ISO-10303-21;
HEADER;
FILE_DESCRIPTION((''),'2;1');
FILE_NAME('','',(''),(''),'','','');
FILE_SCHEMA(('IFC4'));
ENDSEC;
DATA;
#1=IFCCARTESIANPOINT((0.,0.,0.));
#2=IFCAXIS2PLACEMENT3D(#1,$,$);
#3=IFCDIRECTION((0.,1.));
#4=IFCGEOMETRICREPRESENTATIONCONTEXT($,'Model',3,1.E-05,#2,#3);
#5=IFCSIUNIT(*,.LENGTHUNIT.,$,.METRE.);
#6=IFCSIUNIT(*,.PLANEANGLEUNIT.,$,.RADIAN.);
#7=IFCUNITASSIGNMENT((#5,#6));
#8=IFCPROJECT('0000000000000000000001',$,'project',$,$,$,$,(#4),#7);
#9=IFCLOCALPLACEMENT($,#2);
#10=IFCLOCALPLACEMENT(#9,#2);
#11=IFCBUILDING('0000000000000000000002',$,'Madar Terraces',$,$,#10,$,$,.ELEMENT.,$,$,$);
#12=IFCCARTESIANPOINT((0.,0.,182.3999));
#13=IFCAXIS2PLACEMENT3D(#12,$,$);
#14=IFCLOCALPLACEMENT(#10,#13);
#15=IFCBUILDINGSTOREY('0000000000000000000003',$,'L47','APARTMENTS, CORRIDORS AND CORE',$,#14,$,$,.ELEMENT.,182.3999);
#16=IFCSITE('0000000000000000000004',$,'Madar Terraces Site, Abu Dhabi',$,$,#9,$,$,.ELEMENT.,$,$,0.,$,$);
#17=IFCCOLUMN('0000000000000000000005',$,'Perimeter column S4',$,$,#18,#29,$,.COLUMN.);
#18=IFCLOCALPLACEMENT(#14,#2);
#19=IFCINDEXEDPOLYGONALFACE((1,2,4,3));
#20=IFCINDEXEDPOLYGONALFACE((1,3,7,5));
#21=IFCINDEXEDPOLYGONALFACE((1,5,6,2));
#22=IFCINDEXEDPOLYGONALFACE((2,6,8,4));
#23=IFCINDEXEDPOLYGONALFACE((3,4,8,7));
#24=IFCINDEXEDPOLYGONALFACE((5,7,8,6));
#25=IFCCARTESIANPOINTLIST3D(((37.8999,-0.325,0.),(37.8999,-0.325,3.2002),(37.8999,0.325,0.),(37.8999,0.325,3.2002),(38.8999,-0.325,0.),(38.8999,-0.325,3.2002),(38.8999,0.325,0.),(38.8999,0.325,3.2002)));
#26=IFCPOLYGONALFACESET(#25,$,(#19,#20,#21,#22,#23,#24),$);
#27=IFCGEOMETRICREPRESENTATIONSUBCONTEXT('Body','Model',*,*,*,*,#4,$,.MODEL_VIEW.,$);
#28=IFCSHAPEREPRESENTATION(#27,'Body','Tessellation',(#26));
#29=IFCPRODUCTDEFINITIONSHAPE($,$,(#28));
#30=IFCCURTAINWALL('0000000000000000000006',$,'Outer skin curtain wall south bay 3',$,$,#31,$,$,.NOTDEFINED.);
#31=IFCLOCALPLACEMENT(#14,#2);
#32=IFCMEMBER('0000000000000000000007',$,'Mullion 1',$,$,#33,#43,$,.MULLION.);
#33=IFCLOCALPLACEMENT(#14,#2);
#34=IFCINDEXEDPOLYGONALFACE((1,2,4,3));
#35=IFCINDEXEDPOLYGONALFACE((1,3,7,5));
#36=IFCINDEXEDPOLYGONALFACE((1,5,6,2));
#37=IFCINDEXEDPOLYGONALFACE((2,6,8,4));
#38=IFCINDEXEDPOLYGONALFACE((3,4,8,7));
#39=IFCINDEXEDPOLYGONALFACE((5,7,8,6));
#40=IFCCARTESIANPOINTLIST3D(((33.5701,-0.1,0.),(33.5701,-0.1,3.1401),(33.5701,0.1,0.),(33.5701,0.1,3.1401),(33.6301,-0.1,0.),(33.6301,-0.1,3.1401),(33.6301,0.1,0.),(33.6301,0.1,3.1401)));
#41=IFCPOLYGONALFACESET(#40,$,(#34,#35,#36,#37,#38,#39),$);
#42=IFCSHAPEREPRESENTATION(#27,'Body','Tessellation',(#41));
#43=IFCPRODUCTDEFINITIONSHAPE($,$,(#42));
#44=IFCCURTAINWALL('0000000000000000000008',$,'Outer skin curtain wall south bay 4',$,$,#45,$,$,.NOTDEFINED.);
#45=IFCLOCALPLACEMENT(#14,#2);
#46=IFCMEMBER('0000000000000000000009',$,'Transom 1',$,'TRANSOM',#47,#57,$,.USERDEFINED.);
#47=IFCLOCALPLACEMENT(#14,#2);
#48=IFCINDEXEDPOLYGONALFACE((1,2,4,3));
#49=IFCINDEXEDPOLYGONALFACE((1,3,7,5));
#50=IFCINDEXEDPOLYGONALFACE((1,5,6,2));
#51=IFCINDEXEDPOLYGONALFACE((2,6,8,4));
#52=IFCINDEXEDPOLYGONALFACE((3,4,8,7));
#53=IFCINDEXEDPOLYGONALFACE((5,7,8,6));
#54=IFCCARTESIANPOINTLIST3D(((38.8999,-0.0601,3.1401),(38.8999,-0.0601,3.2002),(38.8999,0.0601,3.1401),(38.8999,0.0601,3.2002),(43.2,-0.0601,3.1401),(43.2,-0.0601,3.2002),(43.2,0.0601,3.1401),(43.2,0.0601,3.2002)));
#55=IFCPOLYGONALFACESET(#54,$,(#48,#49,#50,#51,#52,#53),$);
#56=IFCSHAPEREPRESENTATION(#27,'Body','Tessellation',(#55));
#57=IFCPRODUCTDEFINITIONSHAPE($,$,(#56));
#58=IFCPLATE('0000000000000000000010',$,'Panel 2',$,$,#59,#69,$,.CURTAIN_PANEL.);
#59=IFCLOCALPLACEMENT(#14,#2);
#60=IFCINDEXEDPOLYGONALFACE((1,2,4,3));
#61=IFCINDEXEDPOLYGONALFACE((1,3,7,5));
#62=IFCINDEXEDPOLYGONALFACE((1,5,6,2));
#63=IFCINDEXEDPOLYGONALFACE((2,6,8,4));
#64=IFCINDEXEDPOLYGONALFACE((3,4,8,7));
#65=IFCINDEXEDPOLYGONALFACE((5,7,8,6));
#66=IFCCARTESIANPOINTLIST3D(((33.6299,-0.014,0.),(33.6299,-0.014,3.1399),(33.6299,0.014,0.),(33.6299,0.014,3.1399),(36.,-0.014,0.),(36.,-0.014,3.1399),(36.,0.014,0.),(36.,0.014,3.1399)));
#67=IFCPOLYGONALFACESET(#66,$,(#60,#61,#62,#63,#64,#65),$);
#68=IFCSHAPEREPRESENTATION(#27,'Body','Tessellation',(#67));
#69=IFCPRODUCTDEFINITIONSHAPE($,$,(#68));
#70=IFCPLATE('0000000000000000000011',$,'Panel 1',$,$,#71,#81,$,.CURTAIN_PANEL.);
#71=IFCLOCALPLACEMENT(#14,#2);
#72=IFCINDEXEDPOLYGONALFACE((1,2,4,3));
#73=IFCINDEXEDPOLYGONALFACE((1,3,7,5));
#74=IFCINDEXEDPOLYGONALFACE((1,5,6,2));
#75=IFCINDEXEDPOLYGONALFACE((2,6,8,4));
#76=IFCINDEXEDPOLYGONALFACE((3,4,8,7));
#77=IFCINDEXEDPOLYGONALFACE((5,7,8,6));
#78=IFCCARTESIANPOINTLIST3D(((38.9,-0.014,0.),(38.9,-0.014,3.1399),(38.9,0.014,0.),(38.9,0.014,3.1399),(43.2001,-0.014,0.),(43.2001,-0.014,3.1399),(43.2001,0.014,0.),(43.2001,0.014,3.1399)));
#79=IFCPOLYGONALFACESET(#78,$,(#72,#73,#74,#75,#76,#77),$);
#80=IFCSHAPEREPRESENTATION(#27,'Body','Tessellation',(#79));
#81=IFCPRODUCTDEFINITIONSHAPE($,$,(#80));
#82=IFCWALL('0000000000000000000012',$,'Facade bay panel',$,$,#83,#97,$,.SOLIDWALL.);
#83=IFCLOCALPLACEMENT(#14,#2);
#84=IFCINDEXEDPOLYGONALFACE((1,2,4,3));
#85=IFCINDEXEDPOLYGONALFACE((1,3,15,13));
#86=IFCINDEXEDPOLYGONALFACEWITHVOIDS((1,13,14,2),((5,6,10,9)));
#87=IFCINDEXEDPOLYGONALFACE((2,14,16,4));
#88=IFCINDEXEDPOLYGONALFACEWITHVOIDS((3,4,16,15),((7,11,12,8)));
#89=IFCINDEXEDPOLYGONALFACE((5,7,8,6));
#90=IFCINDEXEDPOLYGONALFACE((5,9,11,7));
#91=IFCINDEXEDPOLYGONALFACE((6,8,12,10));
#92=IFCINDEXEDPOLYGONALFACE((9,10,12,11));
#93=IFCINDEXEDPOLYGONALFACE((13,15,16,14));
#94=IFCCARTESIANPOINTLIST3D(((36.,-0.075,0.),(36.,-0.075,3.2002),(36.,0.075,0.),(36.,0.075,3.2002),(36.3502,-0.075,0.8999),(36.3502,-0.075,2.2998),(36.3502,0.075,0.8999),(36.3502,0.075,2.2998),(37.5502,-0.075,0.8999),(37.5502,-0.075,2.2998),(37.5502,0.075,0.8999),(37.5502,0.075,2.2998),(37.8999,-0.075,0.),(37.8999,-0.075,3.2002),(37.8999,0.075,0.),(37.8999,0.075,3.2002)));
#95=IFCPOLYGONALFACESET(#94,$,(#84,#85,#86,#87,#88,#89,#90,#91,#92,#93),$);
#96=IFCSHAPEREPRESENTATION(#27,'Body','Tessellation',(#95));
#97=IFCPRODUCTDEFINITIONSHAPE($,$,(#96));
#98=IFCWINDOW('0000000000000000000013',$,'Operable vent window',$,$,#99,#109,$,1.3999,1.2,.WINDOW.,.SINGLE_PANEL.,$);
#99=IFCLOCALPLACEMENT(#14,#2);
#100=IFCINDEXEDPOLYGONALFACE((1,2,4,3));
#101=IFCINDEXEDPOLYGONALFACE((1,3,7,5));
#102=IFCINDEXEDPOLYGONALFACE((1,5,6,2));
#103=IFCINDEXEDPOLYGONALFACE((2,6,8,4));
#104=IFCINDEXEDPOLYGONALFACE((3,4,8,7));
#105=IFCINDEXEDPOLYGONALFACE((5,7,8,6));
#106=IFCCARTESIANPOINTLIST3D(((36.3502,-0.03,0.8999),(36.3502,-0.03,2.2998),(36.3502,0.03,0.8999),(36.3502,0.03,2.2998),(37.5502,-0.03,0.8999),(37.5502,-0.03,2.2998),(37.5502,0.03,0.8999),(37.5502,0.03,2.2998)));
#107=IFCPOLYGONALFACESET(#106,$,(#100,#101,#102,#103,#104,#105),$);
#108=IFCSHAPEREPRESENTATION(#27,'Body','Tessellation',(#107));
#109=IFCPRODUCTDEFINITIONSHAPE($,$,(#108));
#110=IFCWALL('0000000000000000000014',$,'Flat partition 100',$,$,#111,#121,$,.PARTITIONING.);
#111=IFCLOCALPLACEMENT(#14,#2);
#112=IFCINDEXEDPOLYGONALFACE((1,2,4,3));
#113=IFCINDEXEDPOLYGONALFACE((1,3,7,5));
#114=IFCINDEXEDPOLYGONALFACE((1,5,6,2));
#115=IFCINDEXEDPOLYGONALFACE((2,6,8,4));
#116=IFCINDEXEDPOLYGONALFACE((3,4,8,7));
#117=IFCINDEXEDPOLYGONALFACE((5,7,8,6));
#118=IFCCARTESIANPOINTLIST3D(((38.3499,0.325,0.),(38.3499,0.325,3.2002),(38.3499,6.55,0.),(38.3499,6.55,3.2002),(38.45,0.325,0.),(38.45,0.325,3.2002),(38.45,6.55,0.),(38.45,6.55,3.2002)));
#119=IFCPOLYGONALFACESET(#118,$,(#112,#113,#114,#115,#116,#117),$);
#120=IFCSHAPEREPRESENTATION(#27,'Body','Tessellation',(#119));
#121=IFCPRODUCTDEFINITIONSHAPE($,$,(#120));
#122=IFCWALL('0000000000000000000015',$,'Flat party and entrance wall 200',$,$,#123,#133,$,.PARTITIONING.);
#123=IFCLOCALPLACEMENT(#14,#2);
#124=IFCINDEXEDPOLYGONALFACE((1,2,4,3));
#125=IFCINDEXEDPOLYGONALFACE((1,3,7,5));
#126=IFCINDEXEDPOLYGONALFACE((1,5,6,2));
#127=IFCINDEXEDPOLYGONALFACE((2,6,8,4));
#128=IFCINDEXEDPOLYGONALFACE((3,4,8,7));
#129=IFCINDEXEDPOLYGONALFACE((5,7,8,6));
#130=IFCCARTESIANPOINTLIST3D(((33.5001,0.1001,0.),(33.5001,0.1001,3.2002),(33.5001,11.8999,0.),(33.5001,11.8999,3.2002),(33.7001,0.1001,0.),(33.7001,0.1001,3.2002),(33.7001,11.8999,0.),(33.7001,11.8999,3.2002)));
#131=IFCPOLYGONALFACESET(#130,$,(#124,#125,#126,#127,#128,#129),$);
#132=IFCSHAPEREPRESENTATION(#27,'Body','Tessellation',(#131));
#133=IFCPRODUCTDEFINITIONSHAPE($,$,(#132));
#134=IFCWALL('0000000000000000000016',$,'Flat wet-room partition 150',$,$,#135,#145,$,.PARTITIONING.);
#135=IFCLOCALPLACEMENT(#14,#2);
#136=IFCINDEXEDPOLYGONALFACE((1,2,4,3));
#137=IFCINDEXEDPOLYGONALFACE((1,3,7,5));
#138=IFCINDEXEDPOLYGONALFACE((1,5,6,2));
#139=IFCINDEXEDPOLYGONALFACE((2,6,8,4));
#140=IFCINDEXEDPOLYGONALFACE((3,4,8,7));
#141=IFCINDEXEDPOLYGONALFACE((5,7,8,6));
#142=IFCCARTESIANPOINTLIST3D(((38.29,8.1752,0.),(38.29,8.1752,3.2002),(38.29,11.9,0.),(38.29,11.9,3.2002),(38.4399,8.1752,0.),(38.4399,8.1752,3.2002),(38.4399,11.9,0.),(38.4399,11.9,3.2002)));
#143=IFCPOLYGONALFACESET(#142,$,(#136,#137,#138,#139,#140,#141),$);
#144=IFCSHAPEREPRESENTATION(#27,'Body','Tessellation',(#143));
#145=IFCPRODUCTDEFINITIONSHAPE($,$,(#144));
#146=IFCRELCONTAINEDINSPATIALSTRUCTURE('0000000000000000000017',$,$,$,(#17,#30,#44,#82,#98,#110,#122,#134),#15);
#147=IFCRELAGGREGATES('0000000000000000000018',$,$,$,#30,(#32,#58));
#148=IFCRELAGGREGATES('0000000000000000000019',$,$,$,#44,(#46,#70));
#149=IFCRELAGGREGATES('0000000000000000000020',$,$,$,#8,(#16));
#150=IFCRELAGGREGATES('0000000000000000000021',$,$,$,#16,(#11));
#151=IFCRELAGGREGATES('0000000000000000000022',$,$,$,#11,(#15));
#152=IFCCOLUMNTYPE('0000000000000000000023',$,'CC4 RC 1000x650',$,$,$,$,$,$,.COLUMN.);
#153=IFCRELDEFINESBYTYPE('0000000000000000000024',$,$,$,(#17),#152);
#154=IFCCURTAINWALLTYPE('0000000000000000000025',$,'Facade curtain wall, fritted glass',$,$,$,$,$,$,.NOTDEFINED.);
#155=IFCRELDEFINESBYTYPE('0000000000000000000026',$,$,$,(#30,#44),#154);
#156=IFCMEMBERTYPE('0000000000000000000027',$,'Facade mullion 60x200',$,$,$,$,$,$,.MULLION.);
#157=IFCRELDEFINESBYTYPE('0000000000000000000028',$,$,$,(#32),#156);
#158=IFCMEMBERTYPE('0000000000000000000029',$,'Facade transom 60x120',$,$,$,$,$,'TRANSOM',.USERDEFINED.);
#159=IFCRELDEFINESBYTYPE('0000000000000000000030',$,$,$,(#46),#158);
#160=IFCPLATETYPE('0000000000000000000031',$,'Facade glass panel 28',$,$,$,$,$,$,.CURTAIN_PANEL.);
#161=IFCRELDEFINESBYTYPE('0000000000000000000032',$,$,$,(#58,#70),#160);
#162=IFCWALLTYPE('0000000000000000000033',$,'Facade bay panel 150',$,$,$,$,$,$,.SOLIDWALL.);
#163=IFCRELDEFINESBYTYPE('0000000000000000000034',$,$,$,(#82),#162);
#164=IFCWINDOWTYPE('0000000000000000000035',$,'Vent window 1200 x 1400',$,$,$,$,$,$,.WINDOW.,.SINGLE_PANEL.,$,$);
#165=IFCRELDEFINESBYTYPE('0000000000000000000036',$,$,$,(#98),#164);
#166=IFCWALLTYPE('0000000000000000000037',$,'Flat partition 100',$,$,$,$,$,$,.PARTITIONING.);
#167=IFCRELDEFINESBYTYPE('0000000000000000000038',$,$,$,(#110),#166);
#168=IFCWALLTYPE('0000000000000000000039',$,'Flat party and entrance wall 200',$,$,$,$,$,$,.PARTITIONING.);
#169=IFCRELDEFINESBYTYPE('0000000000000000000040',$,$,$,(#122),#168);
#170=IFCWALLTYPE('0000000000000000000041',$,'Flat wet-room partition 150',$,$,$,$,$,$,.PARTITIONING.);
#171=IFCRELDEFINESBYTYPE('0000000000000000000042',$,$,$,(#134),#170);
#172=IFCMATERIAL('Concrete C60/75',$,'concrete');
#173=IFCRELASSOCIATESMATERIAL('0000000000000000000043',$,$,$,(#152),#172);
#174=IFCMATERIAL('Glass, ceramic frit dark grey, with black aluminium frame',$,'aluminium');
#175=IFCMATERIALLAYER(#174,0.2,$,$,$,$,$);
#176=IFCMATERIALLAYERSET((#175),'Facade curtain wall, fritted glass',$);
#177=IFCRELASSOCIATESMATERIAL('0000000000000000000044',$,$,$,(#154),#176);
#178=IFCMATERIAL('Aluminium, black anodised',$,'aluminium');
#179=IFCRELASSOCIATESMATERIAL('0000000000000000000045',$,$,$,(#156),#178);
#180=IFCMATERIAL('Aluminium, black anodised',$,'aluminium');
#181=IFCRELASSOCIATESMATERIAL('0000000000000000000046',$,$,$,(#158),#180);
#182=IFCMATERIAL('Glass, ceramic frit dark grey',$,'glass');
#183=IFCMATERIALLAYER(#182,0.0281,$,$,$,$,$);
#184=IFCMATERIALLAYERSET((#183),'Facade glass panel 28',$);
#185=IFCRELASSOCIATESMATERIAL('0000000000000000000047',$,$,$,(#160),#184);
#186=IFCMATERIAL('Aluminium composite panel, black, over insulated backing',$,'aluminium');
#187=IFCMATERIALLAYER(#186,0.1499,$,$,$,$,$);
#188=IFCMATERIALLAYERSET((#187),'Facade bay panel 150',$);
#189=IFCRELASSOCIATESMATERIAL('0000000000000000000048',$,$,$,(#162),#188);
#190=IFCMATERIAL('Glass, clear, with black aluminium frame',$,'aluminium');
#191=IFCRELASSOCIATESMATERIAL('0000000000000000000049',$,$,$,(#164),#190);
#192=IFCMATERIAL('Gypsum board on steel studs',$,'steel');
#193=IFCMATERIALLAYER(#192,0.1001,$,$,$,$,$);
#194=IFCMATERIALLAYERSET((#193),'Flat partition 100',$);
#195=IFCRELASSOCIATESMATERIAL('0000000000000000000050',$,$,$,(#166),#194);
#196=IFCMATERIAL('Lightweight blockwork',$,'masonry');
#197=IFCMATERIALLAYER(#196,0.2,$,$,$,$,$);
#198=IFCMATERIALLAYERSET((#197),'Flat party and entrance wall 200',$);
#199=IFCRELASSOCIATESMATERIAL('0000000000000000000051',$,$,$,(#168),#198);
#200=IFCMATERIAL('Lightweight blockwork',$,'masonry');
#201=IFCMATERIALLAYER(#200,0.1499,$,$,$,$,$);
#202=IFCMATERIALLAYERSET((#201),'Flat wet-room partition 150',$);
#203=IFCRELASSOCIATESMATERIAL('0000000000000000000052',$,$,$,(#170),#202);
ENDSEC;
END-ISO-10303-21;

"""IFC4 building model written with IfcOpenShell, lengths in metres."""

from ifc_helpers import new_model, si_unit, direction, frame, frame_2d, origin, origin_2d, place, context, subcontext, project, spatial, rectangle, extrude, material, layer, layer_set, material_profile, profile_set, type_object, element, fill, aggregate, save


model = new_model("IFC4")

# Units and contexts
model_context = context("Model", 3, precision=1e-05, world=origin(), true_north=direction((0.0, 1.0)))
body_context = subcontext(model_context, "Body", "Model", "MODEL_VIEW")
ifc_project = project(units=[si_unit("LENGTHUNIT", "METRE"), si_unit("PLANEANGLEUNIT", "RADIAN")], contexts=[model_context])

# Site, building, storey
site_placement = place(None, origin())
site = spatial("IfcSite", under=ifc_project, at=site_placement, Name="Madar Terraces Site, Abu Dhabi", CompositionType="ELEMENT", RefElevation=0.0)
building_placement = place(site_placement, origin())
building = spatial("IfcBuilding", under=site, at=building_placement, Name="Madar Terraces", CompositionType="ELEMENT")
storey_placement = place(building_placement, frame((0.0, 0.0, 182.3999)))
storey = spatial("IfcBuildingStorey", under=building, at=storey_placement, Name="L47", Description="APARTMENTS, CORRIDORS AND CORE", CompositionType="ELEMENT", Elevation=182.3999)

# Column
ifc_material_1 = material(Name="Concrete C60/75", Category="concrete")
ifc_material_profile_1 = material_profile(ifc_material_1, rectangle(XDim=1.0, YDim=0.6499, at=origin_2d()), Name="CC4 RC 1000x650")
ifc_profile_set_1 = profile_set([ifc_material_profile_1], Name="Concrete C60/75")
column_type = type_object("IfcColumnType", Name="CC4 RC 1000x650", PredefinedType="COLUMN", material=ifc_profile_set_1)
column_placement = place(storey_placement, frame((38.3999, 0.0, 0.0), z_axis=(0.0, 0.0, 1.0), x_axis=(1.0, 0.0, 0.0)))
element("IfcColumn", 1, at=column_placement, inside=storey, type_object=column_type, Name="Perimeter column S4", PredefinedType="COLUMN", context=body_context, shape_type="SweptSolid", body=[
    extrude(rectangle(XDim=1.0, YDim=0.6499, at=origin_2d()), origin(), (0.0, 0.0, 1.0), 3.2002),
])

# Curtain walls, members
ifc_material_2 = material(Name="Glass, ceramic frit dark grey, with black aluminium frame", Category="aluminium")
ifc_layer_1 = layer(ifc_material_2, 0.2)
ifc_layer_set_1 = layer_set([ifc_layer_1], Name="Facade curtain wall, fritted glass")
curtain_wall_type = type_object("IfcCurtainWallType", Name="Facade curtain wall, fritted glass", PredefinedType="NOTDEFINED", material=ifc_layer_set_1)
curtain_wall_1_placement = place(storey_placement, origin())
curtain_wall_1 = element("IfcCurtainWall", 2, at=curtain_wall_1_placement, inside=storey, type_object=curtain_wall_type, Name="Outer skin curtain wall south bay 3", PredefinedType="NOTDEFINED")
ifc_material_3 = material(Name="Aluminium, black anodised", Category="aluminium")
ifc_material_profile_2 = material_profile(ifc_material_3, rectangle(XDim=0.2, YDim=0.0601, at=origin_2d()), Name="Facade mullion 60x200")
ifc_profile_set_2 = profile_set([ifc_material_profile_2], Name="Aluminium, black anodised")
member_type_1 = type_object("IfcMemberType", Name="Facade mullion 60x200", PredefinedType="MULLION", material=ifc_profile_set_2)
member_1_placement = place(storey_placement, frame((33.6001, 0.0, 0.0), z_axis=(0.0, 0.0, 1.0), x_axis=(0.0, 1.0, 0.0)))
member_1 = element("IfcMember", 3, at=member_1_placement, type_object=member_type_1, Name="Mullion 1", PredefinedType="MULLION", context=body_context, shape_type="SweptSolid", body=[
    extrude(rectangle(XDim=0.2, YDim=0.0601, at=origin_2d()), origin(), (0.0, 0.0, 1.0), 3.1401),
])
curtain_wall_2_placement = place(storey_placement, origin())
curtain_wall_2 = element("IfcCurtainWall", 4, at=curtain_wall_2_placement, inside=storey, type_object=curtain_wall_type, Name="Outer skin curtain wall south bay 4", PredefinedType="NOTDEFINED")
ifc_material_4 = material(Name="Aluminium, black anodised", Category="aluminium")
ifc_material_profile_3 = material_profile(ifc_material_4, rectangle(XDim=0.1201, YDim=0.0601, at=origin_2d()), Name="Facade transom 60x120")
ifc_profile_set_3 = profile_set([ifc_material_profile_3], Name="Aluminium, black anodised")
member_type_2 = type_object("IfcMemberType", Name="Facade transom 60x120", ElementType="TRANSOM", PredefinedType="USERDEFINED", material=ifc_profile_set_3)
member_2_placement = place(storey_placement, frame((38.8999, 0.0, 3.1702), z_axis=(1.0, 0.0, 0.0), x_axis=(0.0, 1.0, 0.0)))
member_2 = element("IfcMember", 5, at=member_2_placement, type_object=member_type_2, Name="Transom 1", ObjectType="TRANSOM", PredefinedType="USERDEFINED", context=body_context, shape_type="SweptSolid", body=[
    extrude(rectangle(XDim=0.1201, YDim=0.0601, at=origin_2d()), origin(), (0.0, 0.0, 1.0), 4.3),
])

# Plates
ifc_material_5 = material(Name="Glass, ceramic frit dark grey", Category="glass")
ifc_layer_2 = layer(ifc_material_5, 0.0281)
ifc_layer_set_2 = layer_set([ifc_layer_2], Name="Facade glass panel 28")
plate_type = type_object("IfcPlateType", Name="Facade glass panel 28", PredefinedType="CURTAIN_PANEL", material=ifc_layer_set_2)
plate_1_placement = place(storey_placement, frame((34.8149, 0.0, 0.0), z_axis=(0.0, 0.0, 1.0), x_axis=(1.0, 0.0, 0.0)))
plate_1 = element("IfcPlate", 6, at=plate_1_placement, type_object=plate_type, Name="Panel 2", PredefinedType="CURTAIN_PANEL", context=body_context, shape_type="SweptSolid", body=[
    extrude(rectangle(XDim=2.3701, YDim=0.0281, at=origin_2d()), origin(), (0.0, 0.0, 1.0), 3.1399),
])
aggregate(curtain_wall_1, [member_1, plate_1])
plate_2_placement = place(storey_placement, frame((41.05, 0.0, 0.0), z_axis=(0.0, 0.0, 1.0), x_axis=(1.0, 0.0, 0.0)))
plate_2 = element("IfcPlate", 7, at=plate_2_placement, type_object=plate_type, Name="Panel 1", PredefinedType="CURTAIN_PANEL", context=body_context, shape_type="SweptSolid", body=[
    extrude(rectangle(XDim=4.3, YDim=0.0281, at=origin_2d()), origin(), (0.0, 0.0, 1.0), 3.1399),
])
aggregate(curtain_wall_2, [member_2, plate_2])

# Wall, opening, window
ifc_material_6 = material(Name="Aluminium composite panel, black, over insulated backing", Category="aluminium")
ifc_layer_3 = layer(ifc_material_6, 0.1499)
ifc_layer_set_3 = layer_set([ifc_layer_3], Name="Facade bay panel 150")
wall_type_1 = type_object("IfcWallType", Name="Facade bay panel 150", PredefinedType="SOLIDWALL", material=ifc_layer_set_3)
wall_1_placement = place(storey_placement, frame((36.0, 0.0, 0.0), z_axis=(0.0, 0.0, 1.0), x_axis=(1.0, 0.0, 0.0)))
wall_1 = element("IfcWall", 8, at=wall_1_placement, inside=storey, type_object=wall_type_1, Name="Facade bay panel", PredefinedType="SOLIDWALL", context=body_context, shape_type="SweptSolid", body=[
    extrude(rectangle(XDim=1.8999, YDim=0.1499, at=frame_2d((0.95, 0.0))), origin(), (0.0, 0.0, 1.0), 3.2002),
])
opening_1_placement = place(wall_1_placement, frame((0.3501, 0.0, 0.8999)))
opening_1 = element("IfcOpeningElement", 9, at=opening_1_placement, cuts=wall_1, PredefinedType="OPENING", context=body_context, shape_type="SweptSolid", body=[
    extrude(rectangle(XDim=1.2, YDim=1.3999, at=frame_2d((0.6001, 0.7))), frame((0.0, 0.085, 0.0), z_axis=(0.0, -1.0, 0.0), x_axis=(1.0, 0.0, 0.0)), (0.0, 0.0, 1.0), 0.1699),
])
ifc_material_7 = material(Name="Glass, clear, with black aluminium frame", Category="aluminium")
window_type = type_object("IfcWindowType", Name="Vent window 1200 x 1400", PartitioningType="SINGLE_PANEL", PredefinedType="WINDOW", material=ifc_material_7)
window_placement = place(opening_1_placement, origin())
window = element("IfcWindow", 10, at=window_placement, inside=storey, type_object=window_type, Name="Operable vent window", OverallHeight=1.3999, OverallWidth=1.2, PartitioningType="SINGLE_PANEL", PredefinedType="WINDOW", context=body_context, shape_type="SweptSolid", body=[
    extrude(rectangle(XDim=1.2, YDim=1.3999, at=frame_2d((0.6001, 0.7))), frame((0.0, 0.03, 0.0), z_axis=(0.0, -1.0, 0.0), x_axis=(1.0, 0.0, 0.0)), (0.0, 0.0, 1.0), 0.0601),
])
fill(opening_1, window)

# Walls
ifc_material_8 = material(Name="Gypsum board on steel studs", Category="steel")
ifc_layer_4 = layer(ifc_material_8, 0.1001)
ifc_layer_set_4 = layer_set([ifc_layer_4], Name="Flat partition 100")
wall_type_2 = type_object("IfcWallType", Name="Flat partition 100", PredefinedType="PARTITIONING", material=ifc_layer_set_4)
wall_2_placement = place(storey_placement, frame((38.3999, 6.55, 0.0), z_axis=(0.0, 0.0, 1.0), x_axis=(0.0, -1.0, 0.0)))
element("IfcWall", 11, at=wall_2_placement, inside=storey, type_object=wall_type_2, Name="Flat partition 100", PredefinedType="PARTITIONING", context=body_context, shape_type="SweptSolid", body=[
    extrude(rectangle(XDim=6.2251, YDim=0.1001, at=frame_2d((3.1125, 0.0))), origin(), (0.0, 0.0, 1.0), 3.2002),
])
ifc_material_9 = material(Name="Lightweight blockwork", Category="masonry")
ifc_layer_5 = layer(ifc_material_9, 0.2)
ifc_layer_set_5 = layer_set([ifc_layer_5], Name="Flat party and entrance wall 200")
wall_type_3 = type_object("IfcWallType", Name="Flat party and entrance wall 200", PredefinedType="PARTITIONING", material=ifc_layer_set_5)
wall_3_placement = place(storey_placement, frame((33.6001, 11.8999, 0.0), z_axis=(0.0, 0.0, 1.0), x_axis=(0.0, -1.0, 0.0)))
element("IfcWall", 12, at=wall_3_placement, inside=storey, type_object=wall_type_3, Name="Flat party and entrance wall 200", PredefinedType="PARTITIONING", context=body_context, shape_type="SweptSolid", body=[
    extrude(rectangle(XDim=11.7998, YDim=0.2, at=frame_2d((5.8999, 0.0))), origin(), (0.0, 0.0, 1.0), 3.2002),
])
ifc_material_10 = material(Name="Lightweight blockwork", Category="masonry")
ifc_layer_6 = layer(ifc_material_10, 0.1499)
ifc_layer_set_6 = layer_set([ifc_layer_6], Name="Flat wet-room partition 150")
wall_type_4 = type_object("IfcWallType", Name="Flat wet-room partition 150", PredefinedType="PARTITIONING", material=ifc_layer_set_6)
wall_4_placement = place(storey_placement, frame((38.365, 11.8999, 0.0), z_axis=(0.0, 0.0, 1.0), x_axis=(0.0, -1.0, 0.0)))
element("IfcWall", 13, at=wall_4_placement, inside=storey, type_object=wall_type_4, Name="Flat wet-room partition 150", PredefinedType="PARTITIONING", context=body_context, shape_type="SweptSolid", body=[
    extrude(rectangle(XDim=3.7249, YDim=0.1499, at=frame_2d((1.8623, 0.0))), origin(), (0.0, 0.0, 1.0), 3.2002),
])

save(model, "model.ifc")
